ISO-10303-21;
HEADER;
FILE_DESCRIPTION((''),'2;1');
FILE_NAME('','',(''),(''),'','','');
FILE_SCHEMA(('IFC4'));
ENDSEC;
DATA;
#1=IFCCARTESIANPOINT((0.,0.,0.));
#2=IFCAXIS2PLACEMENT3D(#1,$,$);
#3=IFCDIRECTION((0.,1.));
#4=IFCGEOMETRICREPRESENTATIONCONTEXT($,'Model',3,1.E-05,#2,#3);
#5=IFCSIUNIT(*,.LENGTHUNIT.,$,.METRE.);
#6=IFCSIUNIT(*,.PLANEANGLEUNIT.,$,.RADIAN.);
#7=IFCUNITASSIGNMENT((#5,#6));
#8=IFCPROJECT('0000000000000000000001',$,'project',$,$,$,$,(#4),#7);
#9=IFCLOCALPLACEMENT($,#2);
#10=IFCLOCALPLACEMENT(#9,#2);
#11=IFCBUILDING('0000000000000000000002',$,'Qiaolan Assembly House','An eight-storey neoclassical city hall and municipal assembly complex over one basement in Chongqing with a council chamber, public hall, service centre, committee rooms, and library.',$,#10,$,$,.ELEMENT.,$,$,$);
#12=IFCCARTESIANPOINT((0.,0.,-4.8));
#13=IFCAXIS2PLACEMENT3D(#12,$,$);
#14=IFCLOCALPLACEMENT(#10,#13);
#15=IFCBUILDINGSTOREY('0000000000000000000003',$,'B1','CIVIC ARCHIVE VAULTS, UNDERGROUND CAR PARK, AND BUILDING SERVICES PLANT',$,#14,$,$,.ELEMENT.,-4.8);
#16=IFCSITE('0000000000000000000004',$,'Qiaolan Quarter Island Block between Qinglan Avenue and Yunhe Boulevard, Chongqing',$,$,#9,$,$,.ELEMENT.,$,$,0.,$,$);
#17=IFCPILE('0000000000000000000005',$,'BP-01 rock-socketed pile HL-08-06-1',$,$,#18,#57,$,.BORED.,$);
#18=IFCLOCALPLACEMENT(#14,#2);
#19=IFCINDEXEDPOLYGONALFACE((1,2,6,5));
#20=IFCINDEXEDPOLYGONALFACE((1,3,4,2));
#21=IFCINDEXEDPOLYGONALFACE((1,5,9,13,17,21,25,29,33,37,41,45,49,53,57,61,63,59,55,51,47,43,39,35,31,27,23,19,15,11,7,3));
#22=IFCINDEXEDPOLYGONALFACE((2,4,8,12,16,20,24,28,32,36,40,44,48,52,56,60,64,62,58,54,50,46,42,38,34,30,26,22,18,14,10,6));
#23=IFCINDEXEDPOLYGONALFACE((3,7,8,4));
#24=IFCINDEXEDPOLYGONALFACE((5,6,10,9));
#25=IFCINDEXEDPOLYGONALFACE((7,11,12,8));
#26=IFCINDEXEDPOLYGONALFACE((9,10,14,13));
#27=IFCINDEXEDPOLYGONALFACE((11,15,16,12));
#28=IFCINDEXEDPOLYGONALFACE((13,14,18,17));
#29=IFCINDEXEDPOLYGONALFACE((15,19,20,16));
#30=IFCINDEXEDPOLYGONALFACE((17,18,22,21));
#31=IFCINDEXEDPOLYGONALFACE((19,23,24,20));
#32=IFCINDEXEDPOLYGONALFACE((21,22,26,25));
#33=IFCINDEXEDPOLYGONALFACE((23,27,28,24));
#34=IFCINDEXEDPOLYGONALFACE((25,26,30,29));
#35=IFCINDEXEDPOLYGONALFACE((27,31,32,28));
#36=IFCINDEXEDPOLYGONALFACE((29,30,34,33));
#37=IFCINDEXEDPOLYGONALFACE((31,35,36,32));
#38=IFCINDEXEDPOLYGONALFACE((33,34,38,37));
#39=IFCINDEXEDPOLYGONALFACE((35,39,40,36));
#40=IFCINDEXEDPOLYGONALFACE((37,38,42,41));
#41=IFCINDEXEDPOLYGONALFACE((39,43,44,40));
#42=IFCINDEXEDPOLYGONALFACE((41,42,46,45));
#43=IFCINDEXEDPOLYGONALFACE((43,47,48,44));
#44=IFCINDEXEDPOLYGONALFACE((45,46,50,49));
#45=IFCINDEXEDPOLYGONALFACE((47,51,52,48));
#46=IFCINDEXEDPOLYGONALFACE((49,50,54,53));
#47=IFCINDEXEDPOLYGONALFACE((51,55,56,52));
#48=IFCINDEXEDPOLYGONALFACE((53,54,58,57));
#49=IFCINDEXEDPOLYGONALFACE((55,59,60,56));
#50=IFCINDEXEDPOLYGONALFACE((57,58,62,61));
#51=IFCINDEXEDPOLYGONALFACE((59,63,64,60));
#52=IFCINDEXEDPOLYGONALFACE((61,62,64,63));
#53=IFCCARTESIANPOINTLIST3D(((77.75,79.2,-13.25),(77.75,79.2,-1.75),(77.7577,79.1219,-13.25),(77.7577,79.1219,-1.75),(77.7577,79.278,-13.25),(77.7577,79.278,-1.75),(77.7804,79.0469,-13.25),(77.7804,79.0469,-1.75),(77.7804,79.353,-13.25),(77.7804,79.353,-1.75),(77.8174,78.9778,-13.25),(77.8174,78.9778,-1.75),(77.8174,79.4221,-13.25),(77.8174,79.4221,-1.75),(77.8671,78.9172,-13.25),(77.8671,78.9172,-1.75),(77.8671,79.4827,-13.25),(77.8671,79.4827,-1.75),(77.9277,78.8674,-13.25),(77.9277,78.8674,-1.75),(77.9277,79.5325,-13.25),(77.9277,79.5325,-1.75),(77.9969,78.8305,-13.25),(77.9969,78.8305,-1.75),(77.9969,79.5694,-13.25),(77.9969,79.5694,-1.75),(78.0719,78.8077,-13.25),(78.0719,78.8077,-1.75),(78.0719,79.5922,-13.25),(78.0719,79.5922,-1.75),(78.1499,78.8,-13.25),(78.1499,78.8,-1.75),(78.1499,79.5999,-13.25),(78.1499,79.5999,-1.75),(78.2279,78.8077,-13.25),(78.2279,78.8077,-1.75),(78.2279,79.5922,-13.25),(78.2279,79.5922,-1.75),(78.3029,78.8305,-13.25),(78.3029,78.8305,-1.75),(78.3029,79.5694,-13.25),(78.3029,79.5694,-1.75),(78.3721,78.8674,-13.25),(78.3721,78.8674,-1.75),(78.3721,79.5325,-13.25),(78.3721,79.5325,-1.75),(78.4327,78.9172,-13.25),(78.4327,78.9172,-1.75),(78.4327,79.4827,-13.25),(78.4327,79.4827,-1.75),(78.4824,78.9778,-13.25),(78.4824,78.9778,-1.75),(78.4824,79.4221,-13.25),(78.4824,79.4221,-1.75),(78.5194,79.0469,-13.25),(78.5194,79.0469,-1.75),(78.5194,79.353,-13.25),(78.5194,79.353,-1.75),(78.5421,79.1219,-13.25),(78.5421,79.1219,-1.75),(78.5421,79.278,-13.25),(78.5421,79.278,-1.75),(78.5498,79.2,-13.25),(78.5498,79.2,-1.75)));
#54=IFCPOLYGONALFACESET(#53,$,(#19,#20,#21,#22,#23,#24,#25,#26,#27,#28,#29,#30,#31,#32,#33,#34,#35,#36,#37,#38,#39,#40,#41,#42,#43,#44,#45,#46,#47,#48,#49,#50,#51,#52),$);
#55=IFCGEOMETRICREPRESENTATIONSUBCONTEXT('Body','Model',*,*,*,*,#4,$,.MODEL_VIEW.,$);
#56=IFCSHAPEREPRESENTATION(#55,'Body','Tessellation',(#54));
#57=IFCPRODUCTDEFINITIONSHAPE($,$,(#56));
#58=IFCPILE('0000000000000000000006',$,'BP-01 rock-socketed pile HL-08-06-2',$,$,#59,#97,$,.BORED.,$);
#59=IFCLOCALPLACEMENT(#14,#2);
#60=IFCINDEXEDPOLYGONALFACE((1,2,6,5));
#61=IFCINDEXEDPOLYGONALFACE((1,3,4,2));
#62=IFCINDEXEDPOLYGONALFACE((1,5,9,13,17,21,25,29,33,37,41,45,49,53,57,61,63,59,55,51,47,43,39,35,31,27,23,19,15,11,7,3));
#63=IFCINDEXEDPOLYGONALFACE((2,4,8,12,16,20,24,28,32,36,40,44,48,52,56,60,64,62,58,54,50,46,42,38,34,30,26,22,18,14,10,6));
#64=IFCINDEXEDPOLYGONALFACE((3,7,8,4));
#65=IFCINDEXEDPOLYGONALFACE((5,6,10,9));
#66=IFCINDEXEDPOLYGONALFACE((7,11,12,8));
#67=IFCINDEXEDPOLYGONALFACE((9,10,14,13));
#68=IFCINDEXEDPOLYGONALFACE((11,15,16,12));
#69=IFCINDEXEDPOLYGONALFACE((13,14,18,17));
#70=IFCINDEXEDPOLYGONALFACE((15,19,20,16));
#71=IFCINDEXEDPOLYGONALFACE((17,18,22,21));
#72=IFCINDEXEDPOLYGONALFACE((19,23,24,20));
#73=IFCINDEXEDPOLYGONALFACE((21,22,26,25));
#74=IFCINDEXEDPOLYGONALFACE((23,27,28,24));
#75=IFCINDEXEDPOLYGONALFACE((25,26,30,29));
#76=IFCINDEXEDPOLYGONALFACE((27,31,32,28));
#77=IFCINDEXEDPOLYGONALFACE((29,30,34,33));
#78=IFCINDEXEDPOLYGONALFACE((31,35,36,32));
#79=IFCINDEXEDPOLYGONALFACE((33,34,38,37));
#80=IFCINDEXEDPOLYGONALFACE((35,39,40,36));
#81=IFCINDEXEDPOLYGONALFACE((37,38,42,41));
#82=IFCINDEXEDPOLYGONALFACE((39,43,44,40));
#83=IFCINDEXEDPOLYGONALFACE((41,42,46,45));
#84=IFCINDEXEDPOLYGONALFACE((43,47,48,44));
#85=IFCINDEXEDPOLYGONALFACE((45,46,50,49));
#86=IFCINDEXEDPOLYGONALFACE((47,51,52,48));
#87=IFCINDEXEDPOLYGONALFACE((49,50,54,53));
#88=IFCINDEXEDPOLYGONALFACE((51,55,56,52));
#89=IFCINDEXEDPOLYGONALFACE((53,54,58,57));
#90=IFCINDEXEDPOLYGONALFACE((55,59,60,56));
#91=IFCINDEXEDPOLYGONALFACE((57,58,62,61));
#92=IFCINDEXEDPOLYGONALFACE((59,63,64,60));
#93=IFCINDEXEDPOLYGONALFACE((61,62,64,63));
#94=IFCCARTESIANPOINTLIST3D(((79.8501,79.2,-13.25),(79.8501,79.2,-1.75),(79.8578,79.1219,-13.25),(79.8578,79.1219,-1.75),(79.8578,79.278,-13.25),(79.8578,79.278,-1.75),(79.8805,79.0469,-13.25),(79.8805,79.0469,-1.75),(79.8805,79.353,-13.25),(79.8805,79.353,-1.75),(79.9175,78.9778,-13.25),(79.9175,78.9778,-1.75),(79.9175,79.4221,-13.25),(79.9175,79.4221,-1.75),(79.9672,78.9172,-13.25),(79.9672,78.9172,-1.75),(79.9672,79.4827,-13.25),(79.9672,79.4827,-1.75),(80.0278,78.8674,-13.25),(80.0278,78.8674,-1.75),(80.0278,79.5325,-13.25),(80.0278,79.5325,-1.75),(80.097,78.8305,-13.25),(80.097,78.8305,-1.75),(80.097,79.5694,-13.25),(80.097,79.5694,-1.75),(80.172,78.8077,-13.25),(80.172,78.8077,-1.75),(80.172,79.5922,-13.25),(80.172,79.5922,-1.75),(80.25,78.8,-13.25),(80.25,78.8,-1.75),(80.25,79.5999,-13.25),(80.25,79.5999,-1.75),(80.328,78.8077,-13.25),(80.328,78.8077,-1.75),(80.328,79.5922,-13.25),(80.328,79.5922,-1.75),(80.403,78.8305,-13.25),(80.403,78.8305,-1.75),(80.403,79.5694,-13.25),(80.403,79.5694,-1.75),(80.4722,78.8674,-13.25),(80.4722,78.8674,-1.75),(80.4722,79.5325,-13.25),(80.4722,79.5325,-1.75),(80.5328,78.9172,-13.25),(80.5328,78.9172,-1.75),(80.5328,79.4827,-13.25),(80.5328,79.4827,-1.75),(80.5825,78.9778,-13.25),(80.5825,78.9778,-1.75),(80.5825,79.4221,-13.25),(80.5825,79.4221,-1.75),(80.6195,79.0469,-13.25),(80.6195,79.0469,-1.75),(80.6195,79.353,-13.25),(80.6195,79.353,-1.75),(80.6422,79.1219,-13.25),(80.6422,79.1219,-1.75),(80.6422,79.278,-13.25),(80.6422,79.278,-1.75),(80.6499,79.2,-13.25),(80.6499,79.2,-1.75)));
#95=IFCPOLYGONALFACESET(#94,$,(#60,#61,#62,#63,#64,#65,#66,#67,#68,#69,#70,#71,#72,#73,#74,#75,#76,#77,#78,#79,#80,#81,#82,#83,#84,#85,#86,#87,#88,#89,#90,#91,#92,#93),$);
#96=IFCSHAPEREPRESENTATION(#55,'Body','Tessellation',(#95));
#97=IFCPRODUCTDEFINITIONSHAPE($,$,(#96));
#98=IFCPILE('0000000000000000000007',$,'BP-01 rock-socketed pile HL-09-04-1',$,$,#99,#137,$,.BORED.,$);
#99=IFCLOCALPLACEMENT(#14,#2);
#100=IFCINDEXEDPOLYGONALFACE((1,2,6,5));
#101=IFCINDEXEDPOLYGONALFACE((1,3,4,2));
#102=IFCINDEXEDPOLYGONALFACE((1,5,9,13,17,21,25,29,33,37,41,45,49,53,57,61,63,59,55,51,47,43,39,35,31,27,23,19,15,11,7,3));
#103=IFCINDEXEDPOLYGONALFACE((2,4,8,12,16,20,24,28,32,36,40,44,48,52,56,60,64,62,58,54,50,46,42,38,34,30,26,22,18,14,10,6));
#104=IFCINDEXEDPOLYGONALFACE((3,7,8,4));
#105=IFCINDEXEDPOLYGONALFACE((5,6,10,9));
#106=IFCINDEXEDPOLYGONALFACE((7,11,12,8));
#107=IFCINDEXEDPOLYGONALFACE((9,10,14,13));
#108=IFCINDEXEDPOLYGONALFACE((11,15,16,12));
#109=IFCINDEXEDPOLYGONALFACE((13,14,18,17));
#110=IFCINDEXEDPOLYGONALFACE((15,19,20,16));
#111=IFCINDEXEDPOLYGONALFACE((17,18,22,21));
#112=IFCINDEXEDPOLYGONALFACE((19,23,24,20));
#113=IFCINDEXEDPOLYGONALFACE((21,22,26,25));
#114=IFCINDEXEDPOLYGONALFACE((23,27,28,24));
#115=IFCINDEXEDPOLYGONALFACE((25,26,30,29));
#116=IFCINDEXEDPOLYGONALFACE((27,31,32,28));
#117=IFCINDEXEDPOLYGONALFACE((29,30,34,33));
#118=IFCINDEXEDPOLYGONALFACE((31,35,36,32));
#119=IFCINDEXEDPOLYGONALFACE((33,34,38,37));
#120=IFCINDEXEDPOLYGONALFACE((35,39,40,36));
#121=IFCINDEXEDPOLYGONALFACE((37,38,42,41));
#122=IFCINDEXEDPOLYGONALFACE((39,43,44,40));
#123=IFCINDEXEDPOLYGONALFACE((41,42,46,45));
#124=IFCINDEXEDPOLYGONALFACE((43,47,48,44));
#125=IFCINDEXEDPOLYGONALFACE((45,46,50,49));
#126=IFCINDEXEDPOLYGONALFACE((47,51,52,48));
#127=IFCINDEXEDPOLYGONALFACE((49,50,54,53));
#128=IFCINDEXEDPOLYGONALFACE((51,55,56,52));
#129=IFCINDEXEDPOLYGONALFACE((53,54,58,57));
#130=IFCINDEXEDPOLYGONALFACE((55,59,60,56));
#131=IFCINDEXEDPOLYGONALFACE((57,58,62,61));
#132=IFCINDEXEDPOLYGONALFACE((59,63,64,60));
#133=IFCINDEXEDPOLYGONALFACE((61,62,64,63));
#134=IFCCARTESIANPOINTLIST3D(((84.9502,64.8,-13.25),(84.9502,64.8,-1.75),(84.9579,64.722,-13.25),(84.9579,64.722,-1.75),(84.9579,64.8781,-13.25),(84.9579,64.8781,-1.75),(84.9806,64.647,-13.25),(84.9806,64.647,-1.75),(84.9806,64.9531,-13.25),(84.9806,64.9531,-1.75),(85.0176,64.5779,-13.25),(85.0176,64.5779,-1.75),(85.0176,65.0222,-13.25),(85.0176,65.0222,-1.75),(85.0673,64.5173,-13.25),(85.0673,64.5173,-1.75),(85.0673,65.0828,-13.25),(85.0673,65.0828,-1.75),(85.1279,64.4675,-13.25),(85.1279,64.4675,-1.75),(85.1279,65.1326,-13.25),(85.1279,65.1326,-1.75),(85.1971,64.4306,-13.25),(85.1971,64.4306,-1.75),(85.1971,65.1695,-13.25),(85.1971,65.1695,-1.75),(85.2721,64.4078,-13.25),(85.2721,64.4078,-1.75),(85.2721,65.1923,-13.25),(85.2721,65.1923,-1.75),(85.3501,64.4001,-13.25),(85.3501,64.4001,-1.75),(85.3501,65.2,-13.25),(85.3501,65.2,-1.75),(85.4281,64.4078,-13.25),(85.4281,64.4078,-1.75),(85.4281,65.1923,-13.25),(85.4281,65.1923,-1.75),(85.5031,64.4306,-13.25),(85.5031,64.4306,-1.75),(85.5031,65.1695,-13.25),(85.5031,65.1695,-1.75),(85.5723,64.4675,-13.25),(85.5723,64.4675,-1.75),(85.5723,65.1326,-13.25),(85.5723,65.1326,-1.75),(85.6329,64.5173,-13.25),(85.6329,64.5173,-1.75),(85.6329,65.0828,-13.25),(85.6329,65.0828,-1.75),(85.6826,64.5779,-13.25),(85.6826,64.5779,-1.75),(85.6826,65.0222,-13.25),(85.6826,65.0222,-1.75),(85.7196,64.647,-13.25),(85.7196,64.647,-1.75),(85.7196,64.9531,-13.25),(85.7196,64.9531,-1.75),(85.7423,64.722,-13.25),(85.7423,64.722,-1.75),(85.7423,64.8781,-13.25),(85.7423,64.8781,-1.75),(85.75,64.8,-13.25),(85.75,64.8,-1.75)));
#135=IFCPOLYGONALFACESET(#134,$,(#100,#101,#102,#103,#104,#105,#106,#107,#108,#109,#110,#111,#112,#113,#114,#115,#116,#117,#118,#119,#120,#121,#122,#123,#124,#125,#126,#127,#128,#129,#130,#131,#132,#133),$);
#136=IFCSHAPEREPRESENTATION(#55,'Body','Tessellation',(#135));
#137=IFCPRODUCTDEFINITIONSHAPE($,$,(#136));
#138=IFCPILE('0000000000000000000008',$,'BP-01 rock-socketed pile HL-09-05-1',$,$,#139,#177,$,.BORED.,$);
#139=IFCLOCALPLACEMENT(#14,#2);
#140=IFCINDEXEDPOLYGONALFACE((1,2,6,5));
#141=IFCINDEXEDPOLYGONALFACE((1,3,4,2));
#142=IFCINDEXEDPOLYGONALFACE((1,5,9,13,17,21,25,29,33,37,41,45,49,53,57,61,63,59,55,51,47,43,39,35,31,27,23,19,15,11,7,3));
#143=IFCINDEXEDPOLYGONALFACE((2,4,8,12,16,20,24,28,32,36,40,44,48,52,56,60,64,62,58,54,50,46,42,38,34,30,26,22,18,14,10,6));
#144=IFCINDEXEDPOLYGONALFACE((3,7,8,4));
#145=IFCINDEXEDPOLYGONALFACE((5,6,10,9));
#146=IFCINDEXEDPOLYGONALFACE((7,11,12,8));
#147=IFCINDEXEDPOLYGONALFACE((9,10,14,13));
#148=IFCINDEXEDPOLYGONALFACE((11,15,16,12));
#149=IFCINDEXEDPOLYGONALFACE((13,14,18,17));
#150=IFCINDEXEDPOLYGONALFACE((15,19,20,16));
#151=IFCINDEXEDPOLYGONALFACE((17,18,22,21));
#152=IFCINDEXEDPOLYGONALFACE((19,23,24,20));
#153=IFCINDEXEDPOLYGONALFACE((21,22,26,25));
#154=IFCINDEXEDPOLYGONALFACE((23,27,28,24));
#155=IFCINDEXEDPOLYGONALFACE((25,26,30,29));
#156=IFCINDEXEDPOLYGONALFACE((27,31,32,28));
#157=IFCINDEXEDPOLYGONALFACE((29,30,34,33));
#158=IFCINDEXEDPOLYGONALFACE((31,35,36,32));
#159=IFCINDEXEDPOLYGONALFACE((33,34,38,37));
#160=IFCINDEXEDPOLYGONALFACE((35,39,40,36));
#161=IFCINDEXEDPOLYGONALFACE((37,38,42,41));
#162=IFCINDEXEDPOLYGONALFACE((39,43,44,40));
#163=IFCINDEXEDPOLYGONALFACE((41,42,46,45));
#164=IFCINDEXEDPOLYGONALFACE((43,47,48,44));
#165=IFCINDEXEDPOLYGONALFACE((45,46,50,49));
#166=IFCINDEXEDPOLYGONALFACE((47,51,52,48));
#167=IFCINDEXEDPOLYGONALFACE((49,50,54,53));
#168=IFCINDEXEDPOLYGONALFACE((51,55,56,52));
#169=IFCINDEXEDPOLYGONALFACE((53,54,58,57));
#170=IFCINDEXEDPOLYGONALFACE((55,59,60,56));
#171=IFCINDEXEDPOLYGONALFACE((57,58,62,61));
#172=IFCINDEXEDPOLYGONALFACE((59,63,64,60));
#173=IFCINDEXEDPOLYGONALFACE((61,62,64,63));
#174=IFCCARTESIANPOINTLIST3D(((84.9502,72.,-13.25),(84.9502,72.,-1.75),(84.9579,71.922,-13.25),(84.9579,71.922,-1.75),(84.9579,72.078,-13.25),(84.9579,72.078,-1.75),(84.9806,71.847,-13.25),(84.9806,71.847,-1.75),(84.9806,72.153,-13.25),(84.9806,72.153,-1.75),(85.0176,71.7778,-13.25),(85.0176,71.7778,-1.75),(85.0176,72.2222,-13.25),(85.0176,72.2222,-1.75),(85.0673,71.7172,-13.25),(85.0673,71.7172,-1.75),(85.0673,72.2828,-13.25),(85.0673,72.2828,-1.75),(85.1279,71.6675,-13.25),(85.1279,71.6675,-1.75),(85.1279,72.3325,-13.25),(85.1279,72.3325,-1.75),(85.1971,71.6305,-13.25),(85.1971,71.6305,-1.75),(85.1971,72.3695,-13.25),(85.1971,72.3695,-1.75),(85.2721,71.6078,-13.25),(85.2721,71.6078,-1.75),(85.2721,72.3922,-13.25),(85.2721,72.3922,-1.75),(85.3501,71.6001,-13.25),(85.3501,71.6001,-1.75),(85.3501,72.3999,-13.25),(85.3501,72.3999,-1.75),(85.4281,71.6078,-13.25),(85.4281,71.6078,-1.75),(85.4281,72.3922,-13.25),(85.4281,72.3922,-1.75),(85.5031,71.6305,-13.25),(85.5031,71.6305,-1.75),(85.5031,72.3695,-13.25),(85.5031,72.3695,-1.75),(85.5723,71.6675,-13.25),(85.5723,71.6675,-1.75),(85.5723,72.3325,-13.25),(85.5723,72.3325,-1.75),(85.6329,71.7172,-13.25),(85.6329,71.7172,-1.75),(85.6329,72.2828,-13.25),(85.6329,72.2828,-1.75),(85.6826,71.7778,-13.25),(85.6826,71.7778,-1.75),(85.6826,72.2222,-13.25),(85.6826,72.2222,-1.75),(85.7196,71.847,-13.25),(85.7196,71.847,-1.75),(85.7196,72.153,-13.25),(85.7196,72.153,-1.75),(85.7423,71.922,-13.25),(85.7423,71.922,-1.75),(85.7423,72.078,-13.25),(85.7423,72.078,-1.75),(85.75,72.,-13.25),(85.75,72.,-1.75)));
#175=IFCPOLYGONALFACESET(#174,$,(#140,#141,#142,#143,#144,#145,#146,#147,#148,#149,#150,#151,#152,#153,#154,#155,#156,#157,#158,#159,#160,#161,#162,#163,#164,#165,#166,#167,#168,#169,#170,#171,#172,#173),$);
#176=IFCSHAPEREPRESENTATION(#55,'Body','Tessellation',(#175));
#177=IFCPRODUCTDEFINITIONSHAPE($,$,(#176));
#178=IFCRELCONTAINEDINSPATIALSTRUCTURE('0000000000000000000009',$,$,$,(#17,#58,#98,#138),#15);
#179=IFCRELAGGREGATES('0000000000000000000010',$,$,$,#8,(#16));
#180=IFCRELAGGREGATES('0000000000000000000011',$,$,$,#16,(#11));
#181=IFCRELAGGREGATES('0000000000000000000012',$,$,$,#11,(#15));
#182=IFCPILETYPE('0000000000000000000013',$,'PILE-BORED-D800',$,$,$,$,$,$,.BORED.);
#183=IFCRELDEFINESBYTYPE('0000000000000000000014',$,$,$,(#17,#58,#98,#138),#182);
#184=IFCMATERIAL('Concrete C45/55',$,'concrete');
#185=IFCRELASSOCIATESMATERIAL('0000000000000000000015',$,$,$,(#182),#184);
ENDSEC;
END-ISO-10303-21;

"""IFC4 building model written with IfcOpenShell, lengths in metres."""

from ifc_helpers import new_model, si_unit, direction, frame, origin, origin_2d, place, context, subcontext, project, spatial, circle, extrude, material, material_profile, profile_set, type_object, element, save


model = new_model("IFC4")

# Units and contexts
model_context = context("Model", 3, precision=1e-05, world=origin(), true_north=direction((0.0, 1.0)))
body_context = subcontext(model_context, "Body", "Model", "MODEL_VIEW")
ifc_project = project(units=[si_unit("LENGTHUNIT", "METRE"), si_unit("PLANEANGLEUNIT", "RADIAN")], contexts=[model_context])

# Site, building, storey
site_placement = place(None, origin())
site = spatial("IfcSite", under=ifc_project, at=site_placement, Name="Qiaolan Quarter Island Block between Qinglan Avenue and Yunhe Boulevard, Chongqing", CompositionType="ELEMENT", RefElevation=0.0)
building_placement = place(site_placement, origin())
building = spatial("IfcBuilding", under=site, at=building_placement, Name="Qiaolan Assembly House", Description="An eight-storey neoclassical city hall and municipal assembly complex over one basement in Chongqing with a council chamber, public hall, service centre, committee rooms, and library.", CompositionType="ELEMENT")
storey_placement = place(building_placement, frame((0.0, 0.0, -4.8)))
storey = spatial("IfcBuildingStorey", under=building, at=storey_placement, Name="B1", Description="CIVIC ARCHIVE VAULTS, UNDERGROUND CAR PARK, AND BUILDING SERVICES PLANT", CompositionType="ELEMENT", Elevation=-4.8)

# Piles
ifc_material_1 = material(Name="Concrete C45/55", Category="concrete")
ifc_material_profile_1 = material_profile(ifc_material_1, circle(Radius=0.3999, at=origin_2d()), Name="PILE D800")
ifc_profile_set_1 = profile_set([ifc_material_profile_1], Name="Concrete C45/55")
pile_type = type_object("IfcPileType", Name="PILE-BORED-D800", PredefinedType="BORED", material=ifc_profile_set_1)
for number, where, z_axis, x_axis, name in (
    (1, (78.1499, 79.2, -1.75), (0.0, 0.0, -1.0), (1.0, 0.0, 0.0), "BP-01 rock-socketed pile HL-08-06-1"),
    (2, (80.25, 79.2, -1.75), (0.0, 0.0, -1.0), (1.0, 0.0, 0.0), "BP-01 rock-socketed pile HL-08-06-2"),
    (3, (85.3501, 64.8, -1.75), (0.0, 0.0, -1.0), (1.0, 0.0, 0.0), "BP-01 rock-socketed pile HL-09-04-1"),
    (4, (85.3501, 72.0, -1.75), (0.0, 0.0, -1.0), (1.0, 0.0, 0.0), "BP-01 rock-socketed pile HL-09-05-1"),
):
    element("IfcPile", number, at=place(storey_placement, frame(where, z_axis=z_axis, x_axis=x_axis)), inside=storey, type_object=pile_type, Name=name, PredefinedType="BORED", context=body_context, shape_type="SweptSolid", body=[
        extrude(circle(Radius=0.3999, at=origin_2d()), origin(), (0.0, 0.0, 1.0), 11.5),
    ])

save(model, "model.ifc")
